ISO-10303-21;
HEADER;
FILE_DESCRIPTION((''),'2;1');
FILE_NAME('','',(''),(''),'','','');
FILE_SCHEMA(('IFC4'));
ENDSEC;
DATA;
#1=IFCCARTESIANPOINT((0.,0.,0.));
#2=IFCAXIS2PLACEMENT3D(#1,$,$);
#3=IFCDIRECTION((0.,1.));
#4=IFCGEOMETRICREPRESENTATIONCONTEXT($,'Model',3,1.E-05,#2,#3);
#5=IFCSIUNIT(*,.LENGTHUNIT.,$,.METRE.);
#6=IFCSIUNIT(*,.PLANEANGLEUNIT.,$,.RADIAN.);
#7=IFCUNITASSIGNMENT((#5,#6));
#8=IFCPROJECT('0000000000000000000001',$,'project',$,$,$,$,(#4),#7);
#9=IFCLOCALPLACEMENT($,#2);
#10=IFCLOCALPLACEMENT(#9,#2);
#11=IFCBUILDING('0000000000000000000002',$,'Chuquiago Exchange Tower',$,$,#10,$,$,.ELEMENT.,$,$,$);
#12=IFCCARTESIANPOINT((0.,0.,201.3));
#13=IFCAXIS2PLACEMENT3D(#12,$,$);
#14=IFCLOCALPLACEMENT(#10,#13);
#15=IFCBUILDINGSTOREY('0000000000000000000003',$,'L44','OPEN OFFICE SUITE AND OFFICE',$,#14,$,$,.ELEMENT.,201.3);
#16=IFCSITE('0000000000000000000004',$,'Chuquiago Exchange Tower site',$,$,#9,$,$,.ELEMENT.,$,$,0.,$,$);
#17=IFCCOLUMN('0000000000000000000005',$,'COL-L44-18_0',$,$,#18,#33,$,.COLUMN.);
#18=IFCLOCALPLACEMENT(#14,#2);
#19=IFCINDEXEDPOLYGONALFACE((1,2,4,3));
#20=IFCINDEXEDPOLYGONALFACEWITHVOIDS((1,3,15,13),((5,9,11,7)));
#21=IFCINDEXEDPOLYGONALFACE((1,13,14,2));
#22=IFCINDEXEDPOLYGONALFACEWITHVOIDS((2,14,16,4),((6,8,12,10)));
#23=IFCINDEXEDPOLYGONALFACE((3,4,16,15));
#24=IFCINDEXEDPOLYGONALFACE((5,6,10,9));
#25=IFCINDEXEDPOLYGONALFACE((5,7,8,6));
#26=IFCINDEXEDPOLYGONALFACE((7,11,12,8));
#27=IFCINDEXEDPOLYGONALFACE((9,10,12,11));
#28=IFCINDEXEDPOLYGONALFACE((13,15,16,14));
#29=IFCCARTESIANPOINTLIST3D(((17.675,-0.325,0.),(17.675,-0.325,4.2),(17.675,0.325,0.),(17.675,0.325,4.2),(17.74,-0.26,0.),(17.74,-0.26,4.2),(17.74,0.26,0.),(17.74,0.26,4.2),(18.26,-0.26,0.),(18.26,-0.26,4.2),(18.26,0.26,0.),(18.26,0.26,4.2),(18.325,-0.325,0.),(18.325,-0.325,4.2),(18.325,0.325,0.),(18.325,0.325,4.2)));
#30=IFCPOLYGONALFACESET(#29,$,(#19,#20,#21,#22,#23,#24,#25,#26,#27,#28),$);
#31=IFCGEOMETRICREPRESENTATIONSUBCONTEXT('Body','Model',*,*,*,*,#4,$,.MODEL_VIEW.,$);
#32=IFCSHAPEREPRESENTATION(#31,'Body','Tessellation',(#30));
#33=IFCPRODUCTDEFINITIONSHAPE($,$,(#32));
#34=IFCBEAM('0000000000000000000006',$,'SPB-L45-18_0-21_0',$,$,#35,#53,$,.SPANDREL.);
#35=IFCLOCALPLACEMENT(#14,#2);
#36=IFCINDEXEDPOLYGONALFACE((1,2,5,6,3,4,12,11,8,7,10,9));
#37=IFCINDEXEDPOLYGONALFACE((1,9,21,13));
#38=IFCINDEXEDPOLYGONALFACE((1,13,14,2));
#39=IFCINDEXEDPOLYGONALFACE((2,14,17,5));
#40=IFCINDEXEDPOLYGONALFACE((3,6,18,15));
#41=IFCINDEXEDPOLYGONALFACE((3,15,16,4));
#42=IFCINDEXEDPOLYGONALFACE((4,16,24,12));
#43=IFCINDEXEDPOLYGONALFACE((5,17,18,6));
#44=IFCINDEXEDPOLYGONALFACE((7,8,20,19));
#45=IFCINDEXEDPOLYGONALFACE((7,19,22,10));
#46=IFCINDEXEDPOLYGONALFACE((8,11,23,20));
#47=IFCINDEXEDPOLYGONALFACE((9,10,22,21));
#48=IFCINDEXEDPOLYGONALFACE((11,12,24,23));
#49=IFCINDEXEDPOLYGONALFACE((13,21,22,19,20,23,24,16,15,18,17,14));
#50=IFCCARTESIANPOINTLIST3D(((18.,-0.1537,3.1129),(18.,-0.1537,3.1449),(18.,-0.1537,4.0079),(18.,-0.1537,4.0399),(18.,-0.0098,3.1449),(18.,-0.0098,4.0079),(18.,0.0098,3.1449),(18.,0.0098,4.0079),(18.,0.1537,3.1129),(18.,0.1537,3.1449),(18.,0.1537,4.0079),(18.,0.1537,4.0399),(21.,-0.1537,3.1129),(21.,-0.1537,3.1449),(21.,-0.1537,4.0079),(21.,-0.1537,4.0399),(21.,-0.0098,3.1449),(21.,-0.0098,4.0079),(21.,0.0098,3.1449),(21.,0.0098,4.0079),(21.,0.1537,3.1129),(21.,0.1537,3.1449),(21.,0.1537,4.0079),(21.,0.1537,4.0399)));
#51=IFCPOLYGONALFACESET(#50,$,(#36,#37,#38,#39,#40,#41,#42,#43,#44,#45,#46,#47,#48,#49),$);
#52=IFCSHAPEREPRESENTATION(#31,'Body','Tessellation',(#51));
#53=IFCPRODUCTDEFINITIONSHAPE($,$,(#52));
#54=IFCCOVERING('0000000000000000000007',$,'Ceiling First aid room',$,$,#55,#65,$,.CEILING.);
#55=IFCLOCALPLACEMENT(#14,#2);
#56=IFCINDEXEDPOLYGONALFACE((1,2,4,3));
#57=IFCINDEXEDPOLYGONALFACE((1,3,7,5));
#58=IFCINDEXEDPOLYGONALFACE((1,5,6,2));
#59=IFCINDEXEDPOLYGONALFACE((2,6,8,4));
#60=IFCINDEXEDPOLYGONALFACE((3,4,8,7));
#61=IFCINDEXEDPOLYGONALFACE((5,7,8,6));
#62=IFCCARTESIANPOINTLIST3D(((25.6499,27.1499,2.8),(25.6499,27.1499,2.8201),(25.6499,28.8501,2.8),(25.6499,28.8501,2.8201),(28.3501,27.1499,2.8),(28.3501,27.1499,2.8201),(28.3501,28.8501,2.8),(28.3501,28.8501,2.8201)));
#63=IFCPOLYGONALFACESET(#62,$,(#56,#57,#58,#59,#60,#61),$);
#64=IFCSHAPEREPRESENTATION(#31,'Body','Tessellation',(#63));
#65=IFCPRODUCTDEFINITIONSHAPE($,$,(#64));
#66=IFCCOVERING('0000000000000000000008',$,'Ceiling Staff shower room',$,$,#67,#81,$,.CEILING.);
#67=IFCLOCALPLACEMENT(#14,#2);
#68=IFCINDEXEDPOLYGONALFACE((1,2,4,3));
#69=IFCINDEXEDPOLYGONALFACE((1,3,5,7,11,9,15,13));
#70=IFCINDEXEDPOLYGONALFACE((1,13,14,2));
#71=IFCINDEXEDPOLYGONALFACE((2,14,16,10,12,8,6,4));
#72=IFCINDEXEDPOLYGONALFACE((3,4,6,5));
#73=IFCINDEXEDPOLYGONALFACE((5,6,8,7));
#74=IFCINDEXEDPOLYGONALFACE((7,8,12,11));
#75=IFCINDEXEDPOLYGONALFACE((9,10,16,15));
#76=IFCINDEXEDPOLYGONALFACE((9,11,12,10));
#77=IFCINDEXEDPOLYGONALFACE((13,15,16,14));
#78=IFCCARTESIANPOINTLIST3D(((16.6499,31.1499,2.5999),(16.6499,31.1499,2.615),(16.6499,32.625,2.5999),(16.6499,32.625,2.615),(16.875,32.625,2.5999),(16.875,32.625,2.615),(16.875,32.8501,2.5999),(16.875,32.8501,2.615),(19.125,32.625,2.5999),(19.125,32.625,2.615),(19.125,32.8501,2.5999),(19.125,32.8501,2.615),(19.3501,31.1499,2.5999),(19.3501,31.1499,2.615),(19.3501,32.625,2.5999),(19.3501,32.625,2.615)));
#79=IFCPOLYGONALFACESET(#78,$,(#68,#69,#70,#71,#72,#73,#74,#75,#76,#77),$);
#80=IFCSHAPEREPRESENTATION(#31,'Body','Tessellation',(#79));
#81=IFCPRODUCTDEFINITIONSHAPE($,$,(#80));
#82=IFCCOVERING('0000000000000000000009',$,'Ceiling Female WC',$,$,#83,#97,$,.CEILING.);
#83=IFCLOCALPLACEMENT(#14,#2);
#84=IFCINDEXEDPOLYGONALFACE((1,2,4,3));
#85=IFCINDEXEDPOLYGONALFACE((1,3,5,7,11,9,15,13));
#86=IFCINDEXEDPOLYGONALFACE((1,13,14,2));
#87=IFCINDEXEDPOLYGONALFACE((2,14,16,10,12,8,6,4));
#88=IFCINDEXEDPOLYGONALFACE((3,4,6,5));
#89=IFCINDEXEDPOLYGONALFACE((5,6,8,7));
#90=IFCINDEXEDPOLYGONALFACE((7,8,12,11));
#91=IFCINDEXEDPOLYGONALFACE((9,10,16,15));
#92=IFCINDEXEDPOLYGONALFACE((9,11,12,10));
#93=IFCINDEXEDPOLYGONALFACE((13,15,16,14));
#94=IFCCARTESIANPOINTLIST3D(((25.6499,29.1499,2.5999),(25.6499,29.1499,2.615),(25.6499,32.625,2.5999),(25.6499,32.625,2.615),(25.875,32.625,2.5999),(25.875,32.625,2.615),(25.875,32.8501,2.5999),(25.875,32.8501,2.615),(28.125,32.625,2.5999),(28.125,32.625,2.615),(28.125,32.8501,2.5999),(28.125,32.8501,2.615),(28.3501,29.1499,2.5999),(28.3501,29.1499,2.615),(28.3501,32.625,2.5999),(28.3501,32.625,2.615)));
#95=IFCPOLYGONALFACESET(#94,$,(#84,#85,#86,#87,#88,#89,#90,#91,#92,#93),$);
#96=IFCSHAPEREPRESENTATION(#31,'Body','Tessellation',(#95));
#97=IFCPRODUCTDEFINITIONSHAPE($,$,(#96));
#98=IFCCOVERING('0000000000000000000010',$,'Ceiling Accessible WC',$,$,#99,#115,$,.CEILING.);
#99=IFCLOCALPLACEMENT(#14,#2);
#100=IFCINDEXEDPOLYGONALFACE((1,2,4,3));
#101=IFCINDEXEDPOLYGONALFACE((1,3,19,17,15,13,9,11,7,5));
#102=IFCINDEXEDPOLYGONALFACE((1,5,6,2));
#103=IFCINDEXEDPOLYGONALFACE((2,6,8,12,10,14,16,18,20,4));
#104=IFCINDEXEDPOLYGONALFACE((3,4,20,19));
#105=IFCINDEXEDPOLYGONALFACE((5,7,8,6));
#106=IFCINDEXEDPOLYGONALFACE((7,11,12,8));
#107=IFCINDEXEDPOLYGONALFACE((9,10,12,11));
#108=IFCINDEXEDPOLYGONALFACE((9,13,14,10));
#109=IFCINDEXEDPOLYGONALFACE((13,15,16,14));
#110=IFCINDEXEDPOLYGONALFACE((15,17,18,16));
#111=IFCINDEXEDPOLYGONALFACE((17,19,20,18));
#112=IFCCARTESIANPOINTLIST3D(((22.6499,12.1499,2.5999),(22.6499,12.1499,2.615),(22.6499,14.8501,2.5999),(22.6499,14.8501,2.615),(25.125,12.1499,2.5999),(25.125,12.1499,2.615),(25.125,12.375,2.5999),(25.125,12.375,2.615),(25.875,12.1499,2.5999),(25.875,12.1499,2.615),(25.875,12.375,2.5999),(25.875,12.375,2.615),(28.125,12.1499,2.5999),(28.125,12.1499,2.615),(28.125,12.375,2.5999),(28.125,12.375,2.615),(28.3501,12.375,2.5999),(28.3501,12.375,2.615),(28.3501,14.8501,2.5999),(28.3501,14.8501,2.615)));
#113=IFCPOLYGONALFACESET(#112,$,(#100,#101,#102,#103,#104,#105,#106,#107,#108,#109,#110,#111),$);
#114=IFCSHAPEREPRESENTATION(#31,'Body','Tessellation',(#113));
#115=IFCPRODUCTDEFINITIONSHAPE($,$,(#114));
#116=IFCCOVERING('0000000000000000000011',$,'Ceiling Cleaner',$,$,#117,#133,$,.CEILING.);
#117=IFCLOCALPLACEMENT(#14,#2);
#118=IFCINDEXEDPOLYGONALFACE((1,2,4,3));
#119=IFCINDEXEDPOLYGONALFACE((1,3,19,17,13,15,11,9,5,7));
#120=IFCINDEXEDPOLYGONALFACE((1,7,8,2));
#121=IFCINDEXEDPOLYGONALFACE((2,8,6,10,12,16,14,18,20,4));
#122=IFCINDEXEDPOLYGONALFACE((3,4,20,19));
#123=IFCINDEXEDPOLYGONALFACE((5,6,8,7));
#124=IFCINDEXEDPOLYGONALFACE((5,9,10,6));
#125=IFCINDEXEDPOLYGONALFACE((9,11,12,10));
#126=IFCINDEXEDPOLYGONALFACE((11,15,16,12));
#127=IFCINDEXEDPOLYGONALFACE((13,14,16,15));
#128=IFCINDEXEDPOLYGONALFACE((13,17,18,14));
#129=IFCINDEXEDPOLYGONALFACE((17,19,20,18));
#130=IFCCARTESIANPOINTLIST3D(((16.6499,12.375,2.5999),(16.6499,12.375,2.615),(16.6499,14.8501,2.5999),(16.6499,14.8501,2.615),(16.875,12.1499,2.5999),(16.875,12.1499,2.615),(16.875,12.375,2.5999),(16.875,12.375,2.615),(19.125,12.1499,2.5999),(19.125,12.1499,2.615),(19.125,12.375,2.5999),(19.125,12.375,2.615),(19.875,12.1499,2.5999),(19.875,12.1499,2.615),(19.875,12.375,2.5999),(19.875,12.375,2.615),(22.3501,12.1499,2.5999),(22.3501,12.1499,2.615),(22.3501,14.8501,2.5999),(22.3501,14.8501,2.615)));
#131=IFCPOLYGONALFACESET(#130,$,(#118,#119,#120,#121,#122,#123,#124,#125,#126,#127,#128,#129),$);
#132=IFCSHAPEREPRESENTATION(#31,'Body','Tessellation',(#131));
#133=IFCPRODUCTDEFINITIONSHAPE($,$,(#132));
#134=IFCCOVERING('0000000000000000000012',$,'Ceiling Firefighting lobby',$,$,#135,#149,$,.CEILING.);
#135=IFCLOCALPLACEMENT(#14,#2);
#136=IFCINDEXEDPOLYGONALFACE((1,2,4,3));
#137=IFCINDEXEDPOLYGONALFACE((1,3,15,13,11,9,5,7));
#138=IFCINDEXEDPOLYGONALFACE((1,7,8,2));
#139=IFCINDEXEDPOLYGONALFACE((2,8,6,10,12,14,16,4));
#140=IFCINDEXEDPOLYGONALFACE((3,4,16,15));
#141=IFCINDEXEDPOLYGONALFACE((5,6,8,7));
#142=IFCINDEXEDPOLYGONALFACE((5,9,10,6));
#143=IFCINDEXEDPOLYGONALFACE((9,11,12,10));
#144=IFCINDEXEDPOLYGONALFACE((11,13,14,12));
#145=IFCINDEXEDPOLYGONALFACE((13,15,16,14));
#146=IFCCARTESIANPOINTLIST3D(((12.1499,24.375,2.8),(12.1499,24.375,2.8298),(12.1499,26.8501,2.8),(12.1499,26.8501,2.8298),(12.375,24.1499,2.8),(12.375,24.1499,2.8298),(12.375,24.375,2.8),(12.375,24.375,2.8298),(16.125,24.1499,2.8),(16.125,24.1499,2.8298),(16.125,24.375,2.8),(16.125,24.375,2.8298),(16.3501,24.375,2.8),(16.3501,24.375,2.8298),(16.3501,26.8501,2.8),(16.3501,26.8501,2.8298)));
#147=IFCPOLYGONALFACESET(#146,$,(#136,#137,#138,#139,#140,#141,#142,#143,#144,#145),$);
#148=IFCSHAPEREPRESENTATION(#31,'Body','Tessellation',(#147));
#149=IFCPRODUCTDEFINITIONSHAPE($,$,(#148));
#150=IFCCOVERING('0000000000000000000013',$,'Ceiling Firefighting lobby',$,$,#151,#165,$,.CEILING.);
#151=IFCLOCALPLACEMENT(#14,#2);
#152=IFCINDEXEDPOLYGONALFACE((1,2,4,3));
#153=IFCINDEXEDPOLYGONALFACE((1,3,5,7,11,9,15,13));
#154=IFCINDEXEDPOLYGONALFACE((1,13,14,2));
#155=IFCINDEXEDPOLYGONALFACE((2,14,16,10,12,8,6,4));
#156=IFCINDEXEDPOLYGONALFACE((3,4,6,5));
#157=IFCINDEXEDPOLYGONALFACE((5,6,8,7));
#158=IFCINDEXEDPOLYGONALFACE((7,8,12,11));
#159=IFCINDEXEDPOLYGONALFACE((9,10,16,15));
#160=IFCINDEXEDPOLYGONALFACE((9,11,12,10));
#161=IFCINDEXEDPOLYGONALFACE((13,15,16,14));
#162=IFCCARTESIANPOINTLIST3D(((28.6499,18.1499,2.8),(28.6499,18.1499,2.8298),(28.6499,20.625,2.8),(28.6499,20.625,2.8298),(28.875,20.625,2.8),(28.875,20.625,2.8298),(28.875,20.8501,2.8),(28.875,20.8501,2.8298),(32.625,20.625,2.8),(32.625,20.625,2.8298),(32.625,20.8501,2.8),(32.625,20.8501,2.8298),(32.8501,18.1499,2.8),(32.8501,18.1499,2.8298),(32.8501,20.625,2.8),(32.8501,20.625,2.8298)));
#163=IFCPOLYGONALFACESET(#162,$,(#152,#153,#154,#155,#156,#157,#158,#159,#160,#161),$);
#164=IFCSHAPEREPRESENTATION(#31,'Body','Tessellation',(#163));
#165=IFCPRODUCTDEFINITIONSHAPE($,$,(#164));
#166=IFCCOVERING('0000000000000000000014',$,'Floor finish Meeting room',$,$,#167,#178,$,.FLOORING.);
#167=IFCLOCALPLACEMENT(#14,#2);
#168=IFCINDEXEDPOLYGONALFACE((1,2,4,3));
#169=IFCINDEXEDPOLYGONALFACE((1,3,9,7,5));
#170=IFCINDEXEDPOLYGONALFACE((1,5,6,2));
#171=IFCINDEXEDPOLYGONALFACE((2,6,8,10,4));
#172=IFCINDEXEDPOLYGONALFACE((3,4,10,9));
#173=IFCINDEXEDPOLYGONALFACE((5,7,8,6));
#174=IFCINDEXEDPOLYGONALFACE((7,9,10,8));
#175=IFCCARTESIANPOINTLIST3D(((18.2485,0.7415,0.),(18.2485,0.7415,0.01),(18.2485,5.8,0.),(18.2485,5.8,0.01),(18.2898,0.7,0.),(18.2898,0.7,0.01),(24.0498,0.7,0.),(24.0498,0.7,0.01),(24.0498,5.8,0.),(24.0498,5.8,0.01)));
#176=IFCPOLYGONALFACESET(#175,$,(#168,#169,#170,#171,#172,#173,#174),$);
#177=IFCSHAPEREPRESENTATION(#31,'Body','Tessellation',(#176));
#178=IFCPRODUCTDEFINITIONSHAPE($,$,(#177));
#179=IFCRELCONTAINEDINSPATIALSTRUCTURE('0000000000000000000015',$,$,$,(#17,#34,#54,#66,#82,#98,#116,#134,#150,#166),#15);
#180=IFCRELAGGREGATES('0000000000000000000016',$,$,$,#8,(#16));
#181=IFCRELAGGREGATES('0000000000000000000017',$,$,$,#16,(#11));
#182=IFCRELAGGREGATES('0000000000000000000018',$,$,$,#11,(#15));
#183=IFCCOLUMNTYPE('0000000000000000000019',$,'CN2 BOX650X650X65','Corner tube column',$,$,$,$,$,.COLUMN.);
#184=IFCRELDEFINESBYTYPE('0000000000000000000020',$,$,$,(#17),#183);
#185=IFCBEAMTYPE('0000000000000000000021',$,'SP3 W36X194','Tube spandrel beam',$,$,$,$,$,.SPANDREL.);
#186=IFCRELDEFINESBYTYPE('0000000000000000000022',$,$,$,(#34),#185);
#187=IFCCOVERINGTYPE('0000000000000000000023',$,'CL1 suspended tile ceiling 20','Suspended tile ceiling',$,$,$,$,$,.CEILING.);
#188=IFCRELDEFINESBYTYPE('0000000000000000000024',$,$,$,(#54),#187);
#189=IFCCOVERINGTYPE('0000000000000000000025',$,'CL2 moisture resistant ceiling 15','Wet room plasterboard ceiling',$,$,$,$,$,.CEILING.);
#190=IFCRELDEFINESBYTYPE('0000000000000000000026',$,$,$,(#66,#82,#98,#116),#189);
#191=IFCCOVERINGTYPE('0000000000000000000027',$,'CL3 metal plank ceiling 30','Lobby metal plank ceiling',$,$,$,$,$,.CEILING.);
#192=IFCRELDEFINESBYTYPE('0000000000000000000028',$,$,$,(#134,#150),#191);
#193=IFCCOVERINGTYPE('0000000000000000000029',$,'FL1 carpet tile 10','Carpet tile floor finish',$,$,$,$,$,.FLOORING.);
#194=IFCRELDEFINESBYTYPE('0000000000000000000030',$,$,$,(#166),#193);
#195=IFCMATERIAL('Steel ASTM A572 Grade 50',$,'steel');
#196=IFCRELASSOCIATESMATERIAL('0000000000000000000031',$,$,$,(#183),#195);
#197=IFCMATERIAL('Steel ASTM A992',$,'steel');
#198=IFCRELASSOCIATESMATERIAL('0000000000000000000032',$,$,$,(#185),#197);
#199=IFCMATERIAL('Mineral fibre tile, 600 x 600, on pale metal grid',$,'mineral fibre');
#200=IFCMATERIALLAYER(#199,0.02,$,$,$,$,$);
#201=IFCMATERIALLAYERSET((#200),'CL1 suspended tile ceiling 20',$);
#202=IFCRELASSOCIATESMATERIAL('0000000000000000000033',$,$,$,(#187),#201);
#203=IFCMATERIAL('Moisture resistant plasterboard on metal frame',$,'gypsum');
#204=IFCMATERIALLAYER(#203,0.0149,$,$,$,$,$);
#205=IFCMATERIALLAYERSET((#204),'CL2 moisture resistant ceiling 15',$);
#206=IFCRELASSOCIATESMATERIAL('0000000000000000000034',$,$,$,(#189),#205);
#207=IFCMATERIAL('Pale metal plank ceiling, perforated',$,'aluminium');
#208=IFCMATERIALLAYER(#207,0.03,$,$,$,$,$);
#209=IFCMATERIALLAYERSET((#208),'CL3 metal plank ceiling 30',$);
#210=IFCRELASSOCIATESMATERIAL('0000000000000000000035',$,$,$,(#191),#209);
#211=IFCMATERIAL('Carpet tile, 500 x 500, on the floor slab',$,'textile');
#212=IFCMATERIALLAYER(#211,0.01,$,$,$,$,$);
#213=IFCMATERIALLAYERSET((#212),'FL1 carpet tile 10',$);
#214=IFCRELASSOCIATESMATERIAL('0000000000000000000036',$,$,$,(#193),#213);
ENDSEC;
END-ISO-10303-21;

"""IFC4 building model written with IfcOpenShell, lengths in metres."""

from ifc_helpers import new_model, si_unit, direction, frame, origin, origin_2d, place, context, subcontext, project, spatial, polyline, hollow_rectangle, i_section, outline, extrude, material, layer, layer_set, material_profile, profile_set, type_object, element, save


model = new_model("IFC4")

# Units and contexts
model_context = context("Model", 3, precision=1e-05, world=origin(), true_north=direction((0.0, 1.0)))
body_context = subcontext(model_context, "Body", "Model", "MODEL_VIEW")
ifc_project = project(units=[si_unit("LENGTHUNIT", "METRE"), si_unit("PLANEANGLEUNIT", "RADIAN")], contexts=[model_context])

# Site, building, storey
site_placement = place(None, origin())
site = spatial("IfcSite", under=ifc_project, at=site_placement, Name="Chuquiago Exchange Tower site", CompositionType="ELEMENT", RefElevation=0.0)
building_placement = place(site_placement, origin())
building = spatial("IfcBuilding", under=site, at=building_placement, Name="Chuquiago Exchange Tower", CompositionType="ELEMENT")
storey_placement = place(building_placement, frame((0.0, 0.0, 201.3)))
storey = spatial("IfcBuildingStorey", under=building, at=storey_placement, Name="L44", Description="OPEN OFFICE SUITE AND OFFICE", CompositionType="ELEMENT", Elevation=201.3)

# Column
ifc_material_1 = material(Name="Steel ASTM A572 Grade 50", Category="steel")
ifc_material_profile_1 = material_profile(ifc_material_1, hollow_rectangle(XDim=0.6499, YDim=0.6499, WallThickness=0.0649, at=origin_2d()), Name="BOX650X650X65")
ifc_profile_set_1 = profile_set([ifc_material_profile_1], Name="Steel ASTM A572 Grade 50")
column_type = type_object("IfcColumnType", Name="CN2 BOX650X650X65", Description="Corner tube column", PredefinedType="COLUMN", material=ifc_profile_set_1)
column_placement = place(storey_placement, frame((18.0, 0.0, 0.0), z_axis=(0.0, 0.0, 1.0), x_axis=(0.0, -1.0, 0.0)))
element("IfcColumn", 1, at=column_placement, inside=storey, type_object=column_type, Name="COL-L44-18_0", PredefinedType="COLUMN", context=body_context, shape_type="SweptSolid", body=[
    extrude(hollow_rectangle(XDim=0.6499, YDim=0.6499, WallThickness=0.0649, at=origin_2d()), origin(), (0.0, 0.0, 1.0), 4.2),
])

# Beam
ifc_material_2 = material(Name="Steel ASTM A992", Category="steel")
ifc_material_profile_2 = material_profile(ifc_material_2, i_section(OverallWidth=0.3074, OverallDepth=0.927, WebThickness=0.0195, FlangeThickness=0.032, at=origin_2d()), Name="W36X194")
ifc_profile_set_2 = profile_set([ifc_material_profile_2], Name="Steel ASTM A992")
beam_type = type_object("IfcBeamType", Name="SP3 W36X194", Description="Tube spandrel beam", PredefinedType="SPANDREL", material=ifc_profile_set_2)
beam_placement = place(storey_placement, frame((18.0, 0.0, 3.5764), z_axis=(1.0, 0.0, 0.0), x_axis=(0.0, 1.0, 0.0)))
element("IfcBeam", 2, at=beam_placement, inside=storey, type_object=beam_type, Name="SPB-L45-18_0-21_0", PredefinedType="SPANDREL", context=body_context, shape_type="SweptSolid", body=[
    extrude(i_section(OverallWidth=0.3074, OverallDepth=0.927, WebThickness=0.0195, FlangeThickness=0.032, at=origin_2d()), origin(), (0.0, 0.0, 1.0), 3.0),
])

# Coverings
ifc_material_3 = material(Name="Mineral fibre tile, 600 x 600, on pale metal grid", Category="mineral fibre")
ifc_layer_1 = layer(ifc_material_3, 0.02)
ifc_layer_set_1 = layer_set([ifc_layer_1], Name="CL1 suspended tile ceiling 20")
covering_type_1 = type_object("IfcCoveringType", Name="CL1 suspended tile ceiling 20", Description="Suspended tile ceiling", PredefinedType="CEILING", material=ifc_layer_set_1)
covering_1_placement = place(storey_placement, frame((0.0, 0.0, 2.8)))
element("IfcCovering", 3, at=covering_1_placement, inside=storey, type_object=covering_type_1, Name="Ceiling First aid room", PredefinedType="CEILING", context=body_context, shape_type="SweptSolid", body=[
    extrude(outline(polyline([(25.6499, 27.1499), (25.6499, 28.8501), (28.3501, 28.8501), (28.3501, 27.1499), (25.6499, 27.1499)])), origin(), (0.0, 0.0, 1.0), 0.02),
])
ifc_material_4 = material(Name="Moisture resistant plasterboard on metal frame", Category="gypsum")
ifc_layer_2 = layer(ifc_material_4, 0.0149)
ifc_layer_set_2 = layer_set([ifc_layer_2], Name="CL2 moisture resistant ceiling 15")
covering_type_2 = type_object("IfcCoveringType", Name="CL2 moisture resistant ceiling 15", Description="Wet room plasterboard ceiling", PredefinedType="CEILING", material=ifc_layer_set_2)
covering_2_placement = place(storey_placement, frame((0.0, 0.0, 2.5999)))
element("IfcCovering", 4, at=covering_2_placement, inside=storey, type_object=covering_type_2, Name="Ceiling Staff shower room", PredefinedType="CEILING", context=body_context, shape_type="SweptSolid", body=[
    extrude(outline(polyline([(16.6499, 31.1499), (16.6499, 32.625), (16.875, 32.625), (16.875, 32.8501), (19.125, 32.8501), (19.125, 32.625), (19.3501, 32.625), (19.3501, 31.1499), (16.6499, 31.1499)])), origin(), (0.0, 0.0, 1.0), 0.0151),
])
covering_3_placement = place(storey_placement, frame((0.0, 0.0, 2.5999)))
element("IfcCovering", 5, at=covering_3_placement, inside=storey, type_object=covering_type_2, Name="Ceiling Female WC", PredefinedType="CEILING", context=body_context, shape_type="SweptSolid", body=[
    extrude(outline(polyline([(25.6499, 29.1499), (25.6499, 32.625), (25.875, 32.625), (25.875, 32.8501), (28.125, 32.8501), (28.125, 32.625), (28.3501, 32.625), (28.3501, 29.1499), (25.6499, 29.1499)])), origin(), (0.0, 0.0, 1.0), 0.0151),
])
covering_4_placement = place(storey_placement, frame((0.0, 0.0, 2.5999)))
element("IfcCovering", 6, at=covering_4_placement, inside=storey, type_object=covering_type_2, Name="Ceiling Accessible WC", PredefinedType="CEILING", context=body_context, shape_type="SweptSolid", body=[
    extrude(outline(polyline([(25.875, 12.1499), (25.875, 12.375), (25.125, 12.375), (25.125, 12.1499), (22.6499, 12.1499), (22.6499, 14.8501), (28.3501, 14.8501), (28.3501, 12.375), (28.125, 12.375), (28.125, 12.1499), (25.875, 12.1499)])), origin(), (0.0, 0.0, 1.0), 0.0151),
])
covering_5_placement = place(storey_placement, frame((0.0, 0.0, 2.5999)))
element("IfcCovering", 7, at=covering_5_placement, inside=storey, type_object=covering_type_2, Name="Ceiling Cleaner", PredefinedType="CEILING", context=body_context, shape_type="SweptSolid", body=[
    extrude(outline(polyline([(19.875, 12.1499), (19.875, 12.375), (19.125, 12.375), (19.125, 12.1499), (16.875, 12.1499), (16.875, 12.375), (16.6499, 12.375), (16.6499, 14.8501), (22.3501, 14.8501), (22.3501, 12.1499), (19.875, 12.1499)])), origin(), (0.0, 0.0, 1.0), 0.0151),
])
ifc_material_5 = material(Name="Pale metal plank ceiling, perforated", Category="aluminium")
ifc_layer_3 = layer(ifc_material_5, 0.03)
ifc_layer_set_3 = layer_set([ifc_layer_3], Name="CL3 metal plank ceiling 30")
covering_type_3 = type_object("IfcCoveringType", Name="CL3 metal plank ceiling 30", Description="Lobby metal plank ceiling", PredefinedType="CEILING", material=ifc_layer_set_3)
covering_6_placement = place(storey_placement, frame((0.0, 0.0, 2.8)))
element("IfcCovering", 8, at=covering_6_placement, inside=storey, type_object=covering_type_3, Name="Ceiling Firefighting lobby", PredefinedType="CEILING", context=body_context, shape_type="SweptSolid", body=[
    extrude(outline(polyline([(12.375, 24.1499), (12.375, 24.375), (12.1499, 24.375), (12.1499, 26.8501), (16.3501, 26.8501), (16.3501, 24.375), (16.125, 24.375), (16.125, 24.1499), (12.375, 24.1499)])), origin(), (0.0, 0.0, 1.0), 0.0298),
])
covering_7_placement = place(storey_placement, frame((0.0, 0.0, 2.8)))
element("IfcCovering", 9, at=covering_7_placement, inside=storey, type_object=covering_type_3, Name="Ceiling Firefighting lobby", PredefinedType="CEILING", context=body_context, shape_type="SweptSolid", body=[
    extrude(outline(polyline([(28.6499, 18.1499), (28.6499, 20.625), (28.875, 20.625), (28.875, 20.8501), (32.625, 20.8501), (32.625, 20.625), (32.8501, 20.625), (32.8501, 18.1499), (28.6499, 18.1499)])), origin(), (0.0, 0.0, 1.0), 0.0298),
])
ifc_material_6 = material(Name="Carpet tile, 500 x 500, on the floor slab", Category="textile")
ifc_layer_4 = layer(ifc_material_6, 0.01)
ifc_layer_set_4 = layer_set([ifc_layer_4], Name="FL1 carpet tile 10")
covering_type_4 = type_object("IfcCoveringType", Name="FL1 carpet tile 10", Description="Carpet tile floor finish", PredefinedType="FLOORING", material=ifc_layer_set_4)
covering_8_placement = place(storey_placement, origin())
element("IfcCovering", 10, at=covering_8_placement, inside=storey, type_object=covering_type_4, Name="Floor finish Meeting room", PredefinedType="FLOORING", context=body_context, shape_type="SweptSolid", body=[
    extrude(outline(polyline([(18.2898, 0.7), (18.2485, 0.7415), (18.2485, 5.8), (24.0498, 5.8), (24.0498, 0.7), (18.2898, 0.7)])), origin(), (0.0, 0.0, 1.0), 0.01),
])

save(model, "model.ifc")
